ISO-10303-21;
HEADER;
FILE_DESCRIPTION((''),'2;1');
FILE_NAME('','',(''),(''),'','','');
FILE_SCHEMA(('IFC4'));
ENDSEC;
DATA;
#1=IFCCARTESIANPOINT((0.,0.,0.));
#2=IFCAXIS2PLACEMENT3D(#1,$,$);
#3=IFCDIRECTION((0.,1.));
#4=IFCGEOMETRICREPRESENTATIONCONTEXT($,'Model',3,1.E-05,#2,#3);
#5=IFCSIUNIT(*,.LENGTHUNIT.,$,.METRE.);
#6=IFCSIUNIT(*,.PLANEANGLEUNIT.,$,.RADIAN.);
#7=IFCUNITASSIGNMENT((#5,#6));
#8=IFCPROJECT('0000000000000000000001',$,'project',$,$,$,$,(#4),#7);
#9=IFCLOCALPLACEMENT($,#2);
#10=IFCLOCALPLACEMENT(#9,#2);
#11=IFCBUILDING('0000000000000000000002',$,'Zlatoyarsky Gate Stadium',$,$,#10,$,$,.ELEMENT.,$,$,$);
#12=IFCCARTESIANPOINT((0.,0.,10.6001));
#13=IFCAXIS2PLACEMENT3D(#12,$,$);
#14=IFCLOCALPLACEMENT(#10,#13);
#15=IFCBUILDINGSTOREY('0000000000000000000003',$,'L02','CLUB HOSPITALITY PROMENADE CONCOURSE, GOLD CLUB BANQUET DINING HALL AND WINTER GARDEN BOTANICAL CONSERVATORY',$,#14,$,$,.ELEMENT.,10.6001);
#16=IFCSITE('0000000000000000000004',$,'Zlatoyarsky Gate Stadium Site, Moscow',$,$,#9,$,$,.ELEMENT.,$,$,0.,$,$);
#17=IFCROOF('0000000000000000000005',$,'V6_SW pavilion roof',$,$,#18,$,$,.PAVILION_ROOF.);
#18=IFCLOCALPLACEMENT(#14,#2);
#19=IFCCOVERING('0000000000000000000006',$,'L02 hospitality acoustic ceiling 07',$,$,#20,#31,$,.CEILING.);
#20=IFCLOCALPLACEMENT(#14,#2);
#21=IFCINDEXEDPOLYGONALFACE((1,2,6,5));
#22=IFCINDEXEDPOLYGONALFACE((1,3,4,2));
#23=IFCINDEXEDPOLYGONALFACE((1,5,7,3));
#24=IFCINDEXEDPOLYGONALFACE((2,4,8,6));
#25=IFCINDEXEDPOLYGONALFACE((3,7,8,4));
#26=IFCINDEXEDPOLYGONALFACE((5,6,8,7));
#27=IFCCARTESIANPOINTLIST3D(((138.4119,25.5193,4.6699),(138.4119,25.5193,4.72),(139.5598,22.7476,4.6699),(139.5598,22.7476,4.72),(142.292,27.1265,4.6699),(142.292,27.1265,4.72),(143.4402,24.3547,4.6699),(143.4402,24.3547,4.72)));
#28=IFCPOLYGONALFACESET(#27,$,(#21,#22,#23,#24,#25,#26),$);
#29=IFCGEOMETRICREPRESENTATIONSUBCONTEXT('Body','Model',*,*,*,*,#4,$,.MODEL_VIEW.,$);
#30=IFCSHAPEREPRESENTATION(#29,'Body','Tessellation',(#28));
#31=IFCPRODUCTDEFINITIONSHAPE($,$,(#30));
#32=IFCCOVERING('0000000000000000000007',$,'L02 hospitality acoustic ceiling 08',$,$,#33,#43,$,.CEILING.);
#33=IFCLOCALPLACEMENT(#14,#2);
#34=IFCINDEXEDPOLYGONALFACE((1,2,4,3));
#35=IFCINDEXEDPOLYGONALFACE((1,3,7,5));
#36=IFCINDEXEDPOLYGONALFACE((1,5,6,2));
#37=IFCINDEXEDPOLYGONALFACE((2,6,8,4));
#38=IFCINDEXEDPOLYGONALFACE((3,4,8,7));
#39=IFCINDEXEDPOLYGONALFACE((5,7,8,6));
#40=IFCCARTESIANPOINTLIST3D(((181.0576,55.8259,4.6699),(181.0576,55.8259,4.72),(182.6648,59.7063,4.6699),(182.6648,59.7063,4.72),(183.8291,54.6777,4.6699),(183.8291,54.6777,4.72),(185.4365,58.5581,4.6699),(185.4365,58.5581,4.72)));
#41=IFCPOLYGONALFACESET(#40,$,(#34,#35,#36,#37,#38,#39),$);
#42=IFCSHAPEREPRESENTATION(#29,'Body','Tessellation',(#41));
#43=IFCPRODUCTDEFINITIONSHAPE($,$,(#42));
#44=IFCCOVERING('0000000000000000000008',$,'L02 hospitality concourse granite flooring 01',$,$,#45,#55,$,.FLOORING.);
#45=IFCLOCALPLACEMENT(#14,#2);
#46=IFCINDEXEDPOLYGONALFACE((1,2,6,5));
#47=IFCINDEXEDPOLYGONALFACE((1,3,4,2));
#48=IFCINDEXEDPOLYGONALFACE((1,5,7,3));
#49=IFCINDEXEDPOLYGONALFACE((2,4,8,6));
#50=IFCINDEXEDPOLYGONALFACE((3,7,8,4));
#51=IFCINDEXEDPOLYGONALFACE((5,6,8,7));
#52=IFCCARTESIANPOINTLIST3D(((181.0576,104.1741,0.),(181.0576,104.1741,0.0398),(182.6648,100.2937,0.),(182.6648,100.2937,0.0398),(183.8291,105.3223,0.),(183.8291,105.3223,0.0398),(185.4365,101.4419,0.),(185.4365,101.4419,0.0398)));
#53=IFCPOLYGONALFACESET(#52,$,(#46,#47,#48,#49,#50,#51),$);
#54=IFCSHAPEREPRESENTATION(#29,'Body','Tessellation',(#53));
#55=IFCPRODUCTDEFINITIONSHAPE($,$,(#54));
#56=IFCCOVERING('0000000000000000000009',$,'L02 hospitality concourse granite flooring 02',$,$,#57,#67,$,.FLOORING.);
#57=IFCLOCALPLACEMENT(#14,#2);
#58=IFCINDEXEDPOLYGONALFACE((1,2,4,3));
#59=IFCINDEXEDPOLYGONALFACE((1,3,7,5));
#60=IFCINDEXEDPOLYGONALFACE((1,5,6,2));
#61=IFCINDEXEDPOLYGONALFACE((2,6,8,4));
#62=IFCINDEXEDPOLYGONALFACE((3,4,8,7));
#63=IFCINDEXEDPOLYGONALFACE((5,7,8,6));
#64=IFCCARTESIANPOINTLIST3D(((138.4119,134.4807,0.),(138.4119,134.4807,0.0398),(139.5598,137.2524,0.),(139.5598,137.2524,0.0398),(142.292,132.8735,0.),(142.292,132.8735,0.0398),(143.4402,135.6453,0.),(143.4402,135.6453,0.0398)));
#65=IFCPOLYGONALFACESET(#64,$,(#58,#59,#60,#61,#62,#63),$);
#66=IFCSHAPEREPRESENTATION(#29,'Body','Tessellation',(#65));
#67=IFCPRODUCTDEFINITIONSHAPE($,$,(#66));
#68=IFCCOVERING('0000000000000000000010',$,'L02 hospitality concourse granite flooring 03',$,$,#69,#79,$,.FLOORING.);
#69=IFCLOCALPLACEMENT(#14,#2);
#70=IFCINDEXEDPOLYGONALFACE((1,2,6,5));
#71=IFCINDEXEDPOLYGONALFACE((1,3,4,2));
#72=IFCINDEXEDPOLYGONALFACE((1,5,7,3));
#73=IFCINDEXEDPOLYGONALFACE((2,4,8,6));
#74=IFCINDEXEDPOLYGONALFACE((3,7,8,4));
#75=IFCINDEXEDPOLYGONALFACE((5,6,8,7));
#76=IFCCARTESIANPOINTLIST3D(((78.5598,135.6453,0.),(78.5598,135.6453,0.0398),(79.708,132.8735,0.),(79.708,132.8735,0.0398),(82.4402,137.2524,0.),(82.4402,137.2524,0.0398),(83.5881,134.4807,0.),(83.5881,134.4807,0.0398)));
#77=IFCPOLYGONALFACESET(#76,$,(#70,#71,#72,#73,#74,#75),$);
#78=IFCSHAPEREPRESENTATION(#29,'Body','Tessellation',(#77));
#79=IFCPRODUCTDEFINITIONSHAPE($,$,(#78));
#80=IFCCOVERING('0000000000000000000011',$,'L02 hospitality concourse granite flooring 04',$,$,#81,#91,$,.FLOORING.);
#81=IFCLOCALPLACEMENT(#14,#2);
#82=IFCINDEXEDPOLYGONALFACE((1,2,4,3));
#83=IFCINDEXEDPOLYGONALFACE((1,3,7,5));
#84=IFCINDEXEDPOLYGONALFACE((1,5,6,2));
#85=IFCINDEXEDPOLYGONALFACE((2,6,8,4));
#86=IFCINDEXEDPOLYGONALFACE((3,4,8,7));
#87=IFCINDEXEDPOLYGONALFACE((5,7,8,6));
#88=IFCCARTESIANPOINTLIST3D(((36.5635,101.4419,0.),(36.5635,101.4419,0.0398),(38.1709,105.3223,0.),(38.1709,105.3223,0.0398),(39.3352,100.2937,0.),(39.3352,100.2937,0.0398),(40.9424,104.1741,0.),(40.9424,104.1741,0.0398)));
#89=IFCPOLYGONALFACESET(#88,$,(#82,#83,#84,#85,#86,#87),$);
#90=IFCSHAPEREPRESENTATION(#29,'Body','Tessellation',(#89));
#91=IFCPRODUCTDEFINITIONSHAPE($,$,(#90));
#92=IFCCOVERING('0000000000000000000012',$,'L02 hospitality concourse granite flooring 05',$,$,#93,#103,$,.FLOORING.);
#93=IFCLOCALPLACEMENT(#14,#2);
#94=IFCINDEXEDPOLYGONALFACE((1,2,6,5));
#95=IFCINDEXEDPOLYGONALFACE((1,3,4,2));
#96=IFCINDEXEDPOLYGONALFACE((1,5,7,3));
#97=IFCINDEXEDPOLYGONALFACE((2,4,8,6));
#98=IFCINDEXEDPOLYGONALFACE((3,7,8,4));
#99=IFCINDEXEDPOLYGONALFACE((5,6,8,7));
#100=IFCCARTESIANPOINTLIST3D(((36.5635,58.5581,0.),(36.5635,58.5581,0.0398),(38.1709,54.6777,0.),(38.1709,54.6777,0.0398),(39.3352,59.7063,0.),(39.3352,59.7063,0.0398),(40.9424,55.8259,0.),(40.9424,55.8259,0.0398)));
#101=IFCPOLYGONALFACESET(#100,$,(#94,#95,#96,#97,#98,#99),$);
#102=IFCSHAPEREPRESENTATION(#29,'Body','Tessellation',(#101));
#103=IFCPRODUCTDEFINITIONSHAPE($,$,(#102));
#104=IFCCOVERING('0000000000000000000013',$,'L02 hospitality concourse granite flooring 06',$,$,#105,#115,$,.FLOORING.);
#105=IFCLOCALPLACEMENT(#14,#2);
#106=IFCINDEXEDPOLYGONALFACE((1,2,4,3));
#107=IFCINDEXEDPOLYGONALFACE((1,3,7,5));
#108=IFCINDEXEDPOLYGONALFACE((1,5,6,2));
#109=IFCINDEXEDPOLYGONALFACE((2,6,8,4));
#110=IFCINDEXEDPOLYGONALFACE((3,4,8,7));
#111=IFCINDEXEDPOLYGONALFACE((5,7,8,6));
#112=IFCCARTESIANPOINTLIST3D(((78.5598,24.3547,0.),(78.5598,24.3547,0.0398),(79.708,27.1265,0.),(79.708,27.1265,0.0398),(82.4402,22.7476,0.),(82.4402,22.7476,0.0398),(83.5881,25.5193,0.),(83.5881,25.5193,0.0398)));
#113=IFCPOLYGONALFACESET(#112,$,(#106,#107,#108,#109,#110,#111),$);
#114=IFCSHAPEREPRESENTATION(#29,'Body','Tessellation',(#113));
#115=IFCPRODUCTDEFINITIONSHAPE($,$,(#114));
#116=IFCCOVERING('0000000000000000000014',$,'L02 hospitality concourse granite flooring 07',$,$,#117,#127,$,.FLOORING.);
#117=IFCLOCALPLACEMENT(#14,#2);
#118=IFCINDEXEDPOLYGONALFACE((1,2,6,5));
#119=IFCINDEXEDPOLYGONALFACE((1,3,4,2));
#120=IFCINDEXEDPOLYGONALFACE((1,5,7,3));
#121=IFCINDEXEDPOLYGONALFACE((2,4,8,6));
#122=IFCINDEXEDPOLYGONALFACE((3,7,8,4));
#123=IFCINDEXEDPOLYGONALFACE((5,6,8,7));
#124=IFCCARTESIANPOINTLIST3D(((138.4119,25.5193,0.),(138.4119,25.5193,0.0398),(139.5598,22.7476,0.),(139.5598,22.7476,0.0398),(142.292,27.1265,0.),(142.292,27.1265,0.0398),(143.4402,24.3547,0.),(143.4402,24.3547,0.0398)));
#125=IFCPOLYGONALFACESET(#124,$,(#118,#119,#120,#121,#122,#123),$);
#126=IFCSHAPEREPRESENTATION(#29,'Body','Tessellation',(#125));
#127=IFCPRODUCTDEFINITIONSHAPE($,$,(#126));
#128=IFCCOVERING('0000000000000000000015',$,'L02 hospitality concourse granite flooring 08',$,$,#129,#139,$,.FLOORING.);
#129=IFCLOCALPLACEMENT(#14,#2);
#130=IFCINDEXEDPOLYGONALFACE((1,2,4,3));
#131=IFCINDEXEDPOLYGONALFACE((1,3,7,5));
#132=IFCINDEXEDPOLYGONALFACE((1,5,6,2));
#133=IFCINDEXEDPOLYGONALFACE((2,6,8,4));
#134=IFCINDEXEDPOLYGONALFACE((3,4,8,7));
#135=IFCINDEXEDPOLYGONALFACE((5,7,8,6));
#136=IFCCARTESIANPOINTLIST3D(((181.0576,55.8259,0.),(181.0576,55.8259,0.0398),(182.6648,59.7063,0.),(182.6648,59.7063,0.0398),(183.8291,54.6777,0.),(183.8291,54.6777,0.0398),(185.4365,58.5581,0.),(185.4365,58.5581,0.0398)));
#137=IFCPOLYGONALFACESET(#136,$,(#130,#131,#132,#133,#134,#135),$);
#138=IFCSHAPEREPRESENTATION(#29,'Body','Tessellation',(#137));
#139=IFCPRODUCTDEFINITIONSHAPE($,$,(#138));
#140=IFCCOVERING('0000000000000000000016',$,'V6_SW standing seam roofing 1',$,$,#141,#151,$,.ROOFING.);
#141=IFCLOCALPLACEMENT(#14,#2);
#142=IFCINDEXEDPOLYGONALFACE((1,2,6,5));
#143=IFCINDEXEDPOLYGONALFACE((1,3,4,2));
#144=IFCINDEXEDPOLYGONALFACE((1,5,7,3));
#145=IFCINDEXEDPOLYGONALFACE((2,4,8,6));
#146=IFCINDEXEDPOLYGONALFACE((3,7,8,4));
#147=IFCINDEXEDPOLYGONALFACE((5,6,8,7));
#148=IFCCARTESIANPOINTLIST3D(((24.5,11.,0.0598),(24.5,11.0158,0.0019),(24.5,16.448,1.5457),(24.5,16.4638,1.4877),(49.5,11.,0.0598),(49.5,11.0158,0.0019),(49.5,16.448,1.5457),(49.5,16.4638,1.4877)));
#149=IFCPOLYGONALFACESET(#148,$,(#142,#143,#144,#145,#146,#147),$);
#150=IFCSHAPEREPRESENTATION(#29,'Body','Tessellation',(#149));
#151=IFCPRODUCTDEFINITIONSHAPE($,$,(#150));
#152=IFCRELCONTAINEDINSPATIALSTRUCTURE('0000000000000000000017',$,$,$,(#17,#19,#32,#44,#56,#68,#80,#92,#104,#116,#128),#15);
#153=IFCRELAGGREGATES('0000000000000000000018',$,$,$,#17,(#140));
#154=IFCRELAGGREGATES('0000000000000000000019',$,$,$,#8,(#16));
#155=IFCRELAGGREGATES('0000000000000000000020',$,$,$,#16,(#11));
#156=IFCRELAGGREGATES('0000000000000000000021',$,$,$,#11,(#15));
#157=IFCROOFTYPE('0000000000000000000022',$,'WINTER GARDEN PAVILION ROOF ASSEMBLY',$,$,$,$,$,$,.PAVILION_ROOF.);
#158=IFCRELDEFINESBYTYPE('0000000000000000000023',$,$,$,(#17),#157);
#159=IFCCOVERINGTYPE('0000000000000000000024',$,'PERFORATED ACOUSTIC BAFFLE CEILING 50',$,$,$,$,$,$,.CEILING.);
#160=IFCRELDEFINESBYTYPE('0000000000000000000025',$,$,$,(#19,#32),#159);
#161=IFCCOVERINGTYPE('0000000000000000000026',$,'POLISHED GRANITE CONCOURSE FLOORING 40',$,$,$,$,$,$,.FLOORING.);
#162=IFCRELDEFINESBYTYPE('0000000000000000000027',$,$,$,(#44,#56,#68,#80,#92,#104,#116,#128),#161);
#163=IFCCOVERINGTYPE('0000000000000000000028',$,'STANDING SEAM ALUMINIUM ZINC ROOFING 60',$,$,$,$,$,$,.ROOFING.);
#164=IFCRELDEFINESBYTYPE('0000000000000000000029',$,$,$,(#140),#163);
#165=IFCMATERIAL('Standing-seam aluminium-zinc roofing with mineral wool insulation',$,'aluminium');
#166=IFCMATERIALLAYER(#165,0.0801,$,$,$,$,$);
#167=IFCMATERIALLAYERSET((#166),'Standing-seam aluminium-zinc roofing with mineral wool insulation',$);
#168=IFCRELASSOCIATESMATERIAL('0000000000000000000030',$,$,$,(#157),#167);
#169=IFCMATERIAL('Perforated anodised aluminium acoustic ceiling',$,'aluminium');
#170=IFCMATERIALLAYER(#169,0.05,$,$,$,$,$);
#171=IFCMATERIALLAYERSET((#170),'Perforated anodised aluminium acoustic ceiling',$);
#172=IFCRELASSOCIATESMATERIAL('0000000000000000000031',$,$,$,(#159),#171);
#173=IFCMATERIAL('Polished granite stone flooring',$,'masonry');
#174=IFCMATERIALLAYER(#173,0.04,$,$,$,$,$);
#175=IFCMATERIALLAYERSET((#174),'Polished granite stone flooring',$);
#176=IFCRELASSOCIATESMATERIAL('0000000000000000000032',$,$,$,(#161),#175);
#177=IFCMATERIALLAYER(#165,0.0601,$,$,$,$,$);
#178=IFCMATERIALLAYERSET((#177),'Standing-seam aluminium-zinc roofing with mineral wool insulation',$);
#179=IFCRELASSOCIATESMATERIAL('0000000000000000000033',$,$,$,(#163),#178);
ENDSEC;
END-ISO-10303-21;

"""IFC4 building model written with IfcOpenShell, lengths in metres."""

from ifc_helpers import new_model, si_unit, direction, frame, origin, place, context, subcontext, project, spatial, polyline, outline, extrude, material, layer, layer_set, type_object, element, aggregate, save


model = new_model("IFC4")

# Units and contexts
model_context = context("Model", 3, precision=1e-05, world=origin(), true_north=direction((0.0, 1.0)))
body_context = subcontext(model_context, "Body", "Model", "MODEL_VIEW")
ifc_project = project(units=[si_unit("LENGTHUNIT", "METRE"), si_unit("PLANEANGLEUNIT", "RADIAN")], contexts=[model_context])

# Site, building, storey
site_placement = place(None, origin())
site = spatial("IfcSite", under=ifc_project, at=site_placement, Name="Zlatoyarsky Gate Stadium Site, Moscow", CompositionType="ELEMENT", RefElevation=0.0)
building_placement = place(site_placement, origin())
building = spatial("IfcBuilding", under=site, at=building_placement, Name="Zlatoyarsky Gate Stadium", CompositionType="ELEMENT")
storey_placement = place(building_placement, frame((0.0, 0.0, 10.6001)))
storey = spatial("IfcBuildingStorey", under=building, at=storey_placement, Name="L02", Description="CLUB HOSPITALITY PROMENADE CONCOURSE, GOLD CLUB BANQUET DINING HALL AND WINTER GARDEN BOTANICAL CONSERVATORY", CompositionType="ELEMENT", Elevation=10.6001)

# Roof
ifc_material_1 = material(Name="Standing-seam aluminium-zinc roofing with mineral wool insulation", Category="aluminium")
ifc_layer_1 = layer(ifc_material_1, 0.0801)
ifc_layer_set_1 = layer_set([ifc_layer_1], Name="Standing-seam aluminium-zinc roofing with mineral wool insulation")
roof_type = type_object("IfcRoofType", Name="WINTER GARDEN PAVILION ROOF ASSEMBLY", PredefinedType="PAVILION_ROOF", material=ifc_layer_set_1)
roof_placement = place(storey_placement, origin())
roof = element("IfcRoof", 1, at=roof_placement, inside=storey, type_object=roof_type, Name="V6_SW pavilion roof", PredefinedType="PAVILION_ROOF")

# Coverings
ifc_material_2 = material(Name="Perforated anodised aluminium acoustic ceiling", Category="aluminium")
ifc_layer_2 = layer(ifc_material_2, 0.05)
ifc_layer_set_2 = layer_set([ifc_layer_2], Name="Perforated anodised aluminium acoustic ceiling")
covering_type_1 = type_object("IfcCoveringType", Name="PERFORATED ACOUSTIC BAFFLE CEILING 50", PredefinedType="CEILING", material=ifc_layer_set_2)
covering_1_placement = place(storey_placement, frame((0.0, 0.0, 4.6699)))
element("IfcCovering", 2, at=covering_1_placement, inside=storey, type_object=covering_type_1, Name="L02 hospitality acoustic ceiling 07", PredefinedType="CEILING", context=body_context, shape_type="SweptSolid", body=[
    extrude(outline(polyline([(138.4119, 25.5193), (142.292, 27.1265), (143.4402, 24.3547), (139.5598, 22.7476), (138.4119, 25.5193)])), origin(), (0.0, 0.0, 1.0), 0.05),
])
covering_2_placement = place(storey_placement, frame((0.0, 0.0, 4.6699)))
element("IfcCovering", 3, at=covering_2_placement, inside=storey, type_object=covering_type_1, Name="L02 hospitality acoustic ceiling 08", PredefinedType="CEILING", context=body_context, shape_type="SweptSolid", body=[
    extrude(outline(polyline([(181.0576, 55.8259), (182.6648, 59.7063), (185.4365, 58.5581), (183.8291, 54.6777), (181.0576, 55.8259)])), origin(), (0.0, 0.0, 1.0), 0.05),
])
ifc_material_3 = material(Name="Polished granite stone flooring", Category="masonry")
ifc_layer_3 = layer(ifc_material_3, 0.04)
ifc_layer_set_3 = layer_set([ifc_layer_3], Name="Polished granite stone flooring")
covering_type_2 = type_object("IfcCoveringType", Name="POLISHED GRANITE CONCOURSE FLOORING 40", PredefinedType="FLOORING", material=ifc_layer_set_3)
covering_3_placement = place(storey_placement, origin())
element("IfcCovering", 4, at=covering_3_placement, inside=storey, type_object=covering_type_2, Name="L02 hospitality concourse granite flooring 01", PredefinedType="FLOORING", context=body_context, shape_type="SweptSolid", body=[
    extrude(outline(polyline([(182.6648, 100.2937), (181.0576, 104.1741), (183.8291, 105.3223), (185.4365, 101.4419), (182.6648, 100.2937)])), origin(), (0.0, 0.0, 1.0), 0.0398),
])
covering_4_placement = place(storey_placement, origin())
element("IfcCovering", 5, at=covering_4_placement, inside=storey, type_object=covering_type_2, Name="L02 hospitality concourse granite flooring 02", PredefinedType="FLOORING", context=body_context, shape_type="SweptSolid", body=[
    extrude(outline(polyline([(142.292, 132.8735), (138.4119, 134.4807), (139.5598, 137.2524), (143.4402, 135.6453), (142.292, 132.8735)])), origin(), (0.0, 0.0, 1.0), 0.0398),
])
covering_5_placement = place(storey_placement, origin())
element("IfcCovering", 6, at=covering_5_placement, inside=storey, type_object=covering_type_2, Name="L02 hospitality concourse granite flooring 03", PredefinedType="FLOORING", context=body_context, shape_type="SweptSolid", body=[
    extrude(outline(polyline([(83.5881, 134.4807), (79.708, 132.8735), (78.5598, 135.6453), (82.4402, 137.2524), (83.5881, 134.4807)])), origin(), (0.0, 0.0, 1.0), 0.0398),
])
covering_6_placement = place(storey_placement, origin())
element("IfcCovering", 7, at=covering_6_placement, inside=storey, type_object=covering_type_2, Name="L02 hospitality concourse granite flooring 04", PredefinedType="FLOORING", context=body_context, shape_type="SweptSolid", body=[
    extrude(outline(polyline([(40.9424, 104.1741), (39.3352, 100.2937), (36.5635, 101.4419), (38.1709, 105.3223), (40.9424, 104.1741)])), origin(), (0.0, 0.0, 1.0), 0.0398),
])
covering_7_placement = place(storey_placement, origin())
element("IfcCovering", 8, at=covering_7_placement, inside=storey, type_object=covering_type_2, Name="L02 hospitality concourse granite flooring 05", PredefinedType="FLOORING", context=body_context, shape_type="SweptSolid", body=[
    extrude(outline(polyline([(39.3352, 59.7063), (40.9424, 55.8259), (38.1709, 54.6777), (36.5635, 58.5581), (39.3352, 59.7063)])), origin(), (0.0, 0.0, 1.0), 0.0398),
])
covering_8_placement = place(storey_placement, origin())
element("IfcCovering", 9, at=covering_8_placement, inside=storey, type_object=covering_type_2, Name="L02 hospitality concourse granite flooring 06", PredefinedType="FLOORING", context=body_context, shape_type="SweptSolid", body=[
    extrude(outline(polyline([(79.708, 27.1265), (83.5881, 25.5193), (82.4402, 22.7476), (78.5598, 24.3547), (79.708, 27.1265)])), origin(), (0.0, 0.0, 1.0), 0.0398),
])
covering_9_placement = place(storey_placement, origin())
element("IfcCovering", 10, at=covering_9_placement, inside=storey, type_object=covering_type_2, Name="L02 hospitality concourse granite flooring 07", PredefinedType="FLOORING", context=body_context, shape_type="SweptSolid", body=[
    extrude(outline(polyline([(138.4119, 25.5193), (142.292, 27.1265), (143.4402, 24.3547), (139.5598, 22.7476), (138.4119, 25.5193)])), origin(), (0.0, 0.0, 1.0), 0.0398),
])
covering_10_placement = place(storey_placement, origin())
element("IfcCovering", 11, at=covering_10_placement, inside=storey, type_object=covering_type_2, Name="L02 hospitality concourse granite flooring 08", PredefinedType="FLOORING", context=body_context, shape_type="SweptSolid", body=[
    extrude(outline(polyline([(181.0576, 55.8259), (182.6648, 59.7063), (185.4365, 58.5581), (183.8291, 54.6777), (181.0576, 55.8259)])), origin(), (0.0, 0.0, 1.0), 0.0398),
])

# Covering
ifc_layer_4 = layer(ifc_material_1, 0.0601)
ifc_layer_set_4 = layer_set([ifc_layer_4], Name="Standing-seam aluminium-zinc roofing with mineral wool insulation")
covering_type_3 = type_object("IfcCoveringType", Name="STANDING SEAM ALUMINIUM ZINC ROOFING 60", PredefinedType="ROOFING", material=ifc_layer_set_4)
covering_11_placement = place(storey_placement, frame((24.5, 11.0, 0.0598), z_axis=(0.0, -0.263121, 0.964763), x_axis=(1.0, 0.0, 0.0)))
covering_11 = element("IfcCovering", 12, at=covering_11_placement, type_object=covering_type_3, Name="V6_SW standing seam roofing 1", PredefinedType="ROOFING", context=body_context, shape_type="SweptSolid", body=[
    extrude(outline(polyline([(0.0, 0.0), (25.0, 0.0), (25.0, 5.647), (0.0, 5.647), (0.0, 0.0)])), origin(), (0.0, 0.0, -1.0), 0.0601),
])
aggregate(roof, [covering_11])

save(model, "model.ifc")
